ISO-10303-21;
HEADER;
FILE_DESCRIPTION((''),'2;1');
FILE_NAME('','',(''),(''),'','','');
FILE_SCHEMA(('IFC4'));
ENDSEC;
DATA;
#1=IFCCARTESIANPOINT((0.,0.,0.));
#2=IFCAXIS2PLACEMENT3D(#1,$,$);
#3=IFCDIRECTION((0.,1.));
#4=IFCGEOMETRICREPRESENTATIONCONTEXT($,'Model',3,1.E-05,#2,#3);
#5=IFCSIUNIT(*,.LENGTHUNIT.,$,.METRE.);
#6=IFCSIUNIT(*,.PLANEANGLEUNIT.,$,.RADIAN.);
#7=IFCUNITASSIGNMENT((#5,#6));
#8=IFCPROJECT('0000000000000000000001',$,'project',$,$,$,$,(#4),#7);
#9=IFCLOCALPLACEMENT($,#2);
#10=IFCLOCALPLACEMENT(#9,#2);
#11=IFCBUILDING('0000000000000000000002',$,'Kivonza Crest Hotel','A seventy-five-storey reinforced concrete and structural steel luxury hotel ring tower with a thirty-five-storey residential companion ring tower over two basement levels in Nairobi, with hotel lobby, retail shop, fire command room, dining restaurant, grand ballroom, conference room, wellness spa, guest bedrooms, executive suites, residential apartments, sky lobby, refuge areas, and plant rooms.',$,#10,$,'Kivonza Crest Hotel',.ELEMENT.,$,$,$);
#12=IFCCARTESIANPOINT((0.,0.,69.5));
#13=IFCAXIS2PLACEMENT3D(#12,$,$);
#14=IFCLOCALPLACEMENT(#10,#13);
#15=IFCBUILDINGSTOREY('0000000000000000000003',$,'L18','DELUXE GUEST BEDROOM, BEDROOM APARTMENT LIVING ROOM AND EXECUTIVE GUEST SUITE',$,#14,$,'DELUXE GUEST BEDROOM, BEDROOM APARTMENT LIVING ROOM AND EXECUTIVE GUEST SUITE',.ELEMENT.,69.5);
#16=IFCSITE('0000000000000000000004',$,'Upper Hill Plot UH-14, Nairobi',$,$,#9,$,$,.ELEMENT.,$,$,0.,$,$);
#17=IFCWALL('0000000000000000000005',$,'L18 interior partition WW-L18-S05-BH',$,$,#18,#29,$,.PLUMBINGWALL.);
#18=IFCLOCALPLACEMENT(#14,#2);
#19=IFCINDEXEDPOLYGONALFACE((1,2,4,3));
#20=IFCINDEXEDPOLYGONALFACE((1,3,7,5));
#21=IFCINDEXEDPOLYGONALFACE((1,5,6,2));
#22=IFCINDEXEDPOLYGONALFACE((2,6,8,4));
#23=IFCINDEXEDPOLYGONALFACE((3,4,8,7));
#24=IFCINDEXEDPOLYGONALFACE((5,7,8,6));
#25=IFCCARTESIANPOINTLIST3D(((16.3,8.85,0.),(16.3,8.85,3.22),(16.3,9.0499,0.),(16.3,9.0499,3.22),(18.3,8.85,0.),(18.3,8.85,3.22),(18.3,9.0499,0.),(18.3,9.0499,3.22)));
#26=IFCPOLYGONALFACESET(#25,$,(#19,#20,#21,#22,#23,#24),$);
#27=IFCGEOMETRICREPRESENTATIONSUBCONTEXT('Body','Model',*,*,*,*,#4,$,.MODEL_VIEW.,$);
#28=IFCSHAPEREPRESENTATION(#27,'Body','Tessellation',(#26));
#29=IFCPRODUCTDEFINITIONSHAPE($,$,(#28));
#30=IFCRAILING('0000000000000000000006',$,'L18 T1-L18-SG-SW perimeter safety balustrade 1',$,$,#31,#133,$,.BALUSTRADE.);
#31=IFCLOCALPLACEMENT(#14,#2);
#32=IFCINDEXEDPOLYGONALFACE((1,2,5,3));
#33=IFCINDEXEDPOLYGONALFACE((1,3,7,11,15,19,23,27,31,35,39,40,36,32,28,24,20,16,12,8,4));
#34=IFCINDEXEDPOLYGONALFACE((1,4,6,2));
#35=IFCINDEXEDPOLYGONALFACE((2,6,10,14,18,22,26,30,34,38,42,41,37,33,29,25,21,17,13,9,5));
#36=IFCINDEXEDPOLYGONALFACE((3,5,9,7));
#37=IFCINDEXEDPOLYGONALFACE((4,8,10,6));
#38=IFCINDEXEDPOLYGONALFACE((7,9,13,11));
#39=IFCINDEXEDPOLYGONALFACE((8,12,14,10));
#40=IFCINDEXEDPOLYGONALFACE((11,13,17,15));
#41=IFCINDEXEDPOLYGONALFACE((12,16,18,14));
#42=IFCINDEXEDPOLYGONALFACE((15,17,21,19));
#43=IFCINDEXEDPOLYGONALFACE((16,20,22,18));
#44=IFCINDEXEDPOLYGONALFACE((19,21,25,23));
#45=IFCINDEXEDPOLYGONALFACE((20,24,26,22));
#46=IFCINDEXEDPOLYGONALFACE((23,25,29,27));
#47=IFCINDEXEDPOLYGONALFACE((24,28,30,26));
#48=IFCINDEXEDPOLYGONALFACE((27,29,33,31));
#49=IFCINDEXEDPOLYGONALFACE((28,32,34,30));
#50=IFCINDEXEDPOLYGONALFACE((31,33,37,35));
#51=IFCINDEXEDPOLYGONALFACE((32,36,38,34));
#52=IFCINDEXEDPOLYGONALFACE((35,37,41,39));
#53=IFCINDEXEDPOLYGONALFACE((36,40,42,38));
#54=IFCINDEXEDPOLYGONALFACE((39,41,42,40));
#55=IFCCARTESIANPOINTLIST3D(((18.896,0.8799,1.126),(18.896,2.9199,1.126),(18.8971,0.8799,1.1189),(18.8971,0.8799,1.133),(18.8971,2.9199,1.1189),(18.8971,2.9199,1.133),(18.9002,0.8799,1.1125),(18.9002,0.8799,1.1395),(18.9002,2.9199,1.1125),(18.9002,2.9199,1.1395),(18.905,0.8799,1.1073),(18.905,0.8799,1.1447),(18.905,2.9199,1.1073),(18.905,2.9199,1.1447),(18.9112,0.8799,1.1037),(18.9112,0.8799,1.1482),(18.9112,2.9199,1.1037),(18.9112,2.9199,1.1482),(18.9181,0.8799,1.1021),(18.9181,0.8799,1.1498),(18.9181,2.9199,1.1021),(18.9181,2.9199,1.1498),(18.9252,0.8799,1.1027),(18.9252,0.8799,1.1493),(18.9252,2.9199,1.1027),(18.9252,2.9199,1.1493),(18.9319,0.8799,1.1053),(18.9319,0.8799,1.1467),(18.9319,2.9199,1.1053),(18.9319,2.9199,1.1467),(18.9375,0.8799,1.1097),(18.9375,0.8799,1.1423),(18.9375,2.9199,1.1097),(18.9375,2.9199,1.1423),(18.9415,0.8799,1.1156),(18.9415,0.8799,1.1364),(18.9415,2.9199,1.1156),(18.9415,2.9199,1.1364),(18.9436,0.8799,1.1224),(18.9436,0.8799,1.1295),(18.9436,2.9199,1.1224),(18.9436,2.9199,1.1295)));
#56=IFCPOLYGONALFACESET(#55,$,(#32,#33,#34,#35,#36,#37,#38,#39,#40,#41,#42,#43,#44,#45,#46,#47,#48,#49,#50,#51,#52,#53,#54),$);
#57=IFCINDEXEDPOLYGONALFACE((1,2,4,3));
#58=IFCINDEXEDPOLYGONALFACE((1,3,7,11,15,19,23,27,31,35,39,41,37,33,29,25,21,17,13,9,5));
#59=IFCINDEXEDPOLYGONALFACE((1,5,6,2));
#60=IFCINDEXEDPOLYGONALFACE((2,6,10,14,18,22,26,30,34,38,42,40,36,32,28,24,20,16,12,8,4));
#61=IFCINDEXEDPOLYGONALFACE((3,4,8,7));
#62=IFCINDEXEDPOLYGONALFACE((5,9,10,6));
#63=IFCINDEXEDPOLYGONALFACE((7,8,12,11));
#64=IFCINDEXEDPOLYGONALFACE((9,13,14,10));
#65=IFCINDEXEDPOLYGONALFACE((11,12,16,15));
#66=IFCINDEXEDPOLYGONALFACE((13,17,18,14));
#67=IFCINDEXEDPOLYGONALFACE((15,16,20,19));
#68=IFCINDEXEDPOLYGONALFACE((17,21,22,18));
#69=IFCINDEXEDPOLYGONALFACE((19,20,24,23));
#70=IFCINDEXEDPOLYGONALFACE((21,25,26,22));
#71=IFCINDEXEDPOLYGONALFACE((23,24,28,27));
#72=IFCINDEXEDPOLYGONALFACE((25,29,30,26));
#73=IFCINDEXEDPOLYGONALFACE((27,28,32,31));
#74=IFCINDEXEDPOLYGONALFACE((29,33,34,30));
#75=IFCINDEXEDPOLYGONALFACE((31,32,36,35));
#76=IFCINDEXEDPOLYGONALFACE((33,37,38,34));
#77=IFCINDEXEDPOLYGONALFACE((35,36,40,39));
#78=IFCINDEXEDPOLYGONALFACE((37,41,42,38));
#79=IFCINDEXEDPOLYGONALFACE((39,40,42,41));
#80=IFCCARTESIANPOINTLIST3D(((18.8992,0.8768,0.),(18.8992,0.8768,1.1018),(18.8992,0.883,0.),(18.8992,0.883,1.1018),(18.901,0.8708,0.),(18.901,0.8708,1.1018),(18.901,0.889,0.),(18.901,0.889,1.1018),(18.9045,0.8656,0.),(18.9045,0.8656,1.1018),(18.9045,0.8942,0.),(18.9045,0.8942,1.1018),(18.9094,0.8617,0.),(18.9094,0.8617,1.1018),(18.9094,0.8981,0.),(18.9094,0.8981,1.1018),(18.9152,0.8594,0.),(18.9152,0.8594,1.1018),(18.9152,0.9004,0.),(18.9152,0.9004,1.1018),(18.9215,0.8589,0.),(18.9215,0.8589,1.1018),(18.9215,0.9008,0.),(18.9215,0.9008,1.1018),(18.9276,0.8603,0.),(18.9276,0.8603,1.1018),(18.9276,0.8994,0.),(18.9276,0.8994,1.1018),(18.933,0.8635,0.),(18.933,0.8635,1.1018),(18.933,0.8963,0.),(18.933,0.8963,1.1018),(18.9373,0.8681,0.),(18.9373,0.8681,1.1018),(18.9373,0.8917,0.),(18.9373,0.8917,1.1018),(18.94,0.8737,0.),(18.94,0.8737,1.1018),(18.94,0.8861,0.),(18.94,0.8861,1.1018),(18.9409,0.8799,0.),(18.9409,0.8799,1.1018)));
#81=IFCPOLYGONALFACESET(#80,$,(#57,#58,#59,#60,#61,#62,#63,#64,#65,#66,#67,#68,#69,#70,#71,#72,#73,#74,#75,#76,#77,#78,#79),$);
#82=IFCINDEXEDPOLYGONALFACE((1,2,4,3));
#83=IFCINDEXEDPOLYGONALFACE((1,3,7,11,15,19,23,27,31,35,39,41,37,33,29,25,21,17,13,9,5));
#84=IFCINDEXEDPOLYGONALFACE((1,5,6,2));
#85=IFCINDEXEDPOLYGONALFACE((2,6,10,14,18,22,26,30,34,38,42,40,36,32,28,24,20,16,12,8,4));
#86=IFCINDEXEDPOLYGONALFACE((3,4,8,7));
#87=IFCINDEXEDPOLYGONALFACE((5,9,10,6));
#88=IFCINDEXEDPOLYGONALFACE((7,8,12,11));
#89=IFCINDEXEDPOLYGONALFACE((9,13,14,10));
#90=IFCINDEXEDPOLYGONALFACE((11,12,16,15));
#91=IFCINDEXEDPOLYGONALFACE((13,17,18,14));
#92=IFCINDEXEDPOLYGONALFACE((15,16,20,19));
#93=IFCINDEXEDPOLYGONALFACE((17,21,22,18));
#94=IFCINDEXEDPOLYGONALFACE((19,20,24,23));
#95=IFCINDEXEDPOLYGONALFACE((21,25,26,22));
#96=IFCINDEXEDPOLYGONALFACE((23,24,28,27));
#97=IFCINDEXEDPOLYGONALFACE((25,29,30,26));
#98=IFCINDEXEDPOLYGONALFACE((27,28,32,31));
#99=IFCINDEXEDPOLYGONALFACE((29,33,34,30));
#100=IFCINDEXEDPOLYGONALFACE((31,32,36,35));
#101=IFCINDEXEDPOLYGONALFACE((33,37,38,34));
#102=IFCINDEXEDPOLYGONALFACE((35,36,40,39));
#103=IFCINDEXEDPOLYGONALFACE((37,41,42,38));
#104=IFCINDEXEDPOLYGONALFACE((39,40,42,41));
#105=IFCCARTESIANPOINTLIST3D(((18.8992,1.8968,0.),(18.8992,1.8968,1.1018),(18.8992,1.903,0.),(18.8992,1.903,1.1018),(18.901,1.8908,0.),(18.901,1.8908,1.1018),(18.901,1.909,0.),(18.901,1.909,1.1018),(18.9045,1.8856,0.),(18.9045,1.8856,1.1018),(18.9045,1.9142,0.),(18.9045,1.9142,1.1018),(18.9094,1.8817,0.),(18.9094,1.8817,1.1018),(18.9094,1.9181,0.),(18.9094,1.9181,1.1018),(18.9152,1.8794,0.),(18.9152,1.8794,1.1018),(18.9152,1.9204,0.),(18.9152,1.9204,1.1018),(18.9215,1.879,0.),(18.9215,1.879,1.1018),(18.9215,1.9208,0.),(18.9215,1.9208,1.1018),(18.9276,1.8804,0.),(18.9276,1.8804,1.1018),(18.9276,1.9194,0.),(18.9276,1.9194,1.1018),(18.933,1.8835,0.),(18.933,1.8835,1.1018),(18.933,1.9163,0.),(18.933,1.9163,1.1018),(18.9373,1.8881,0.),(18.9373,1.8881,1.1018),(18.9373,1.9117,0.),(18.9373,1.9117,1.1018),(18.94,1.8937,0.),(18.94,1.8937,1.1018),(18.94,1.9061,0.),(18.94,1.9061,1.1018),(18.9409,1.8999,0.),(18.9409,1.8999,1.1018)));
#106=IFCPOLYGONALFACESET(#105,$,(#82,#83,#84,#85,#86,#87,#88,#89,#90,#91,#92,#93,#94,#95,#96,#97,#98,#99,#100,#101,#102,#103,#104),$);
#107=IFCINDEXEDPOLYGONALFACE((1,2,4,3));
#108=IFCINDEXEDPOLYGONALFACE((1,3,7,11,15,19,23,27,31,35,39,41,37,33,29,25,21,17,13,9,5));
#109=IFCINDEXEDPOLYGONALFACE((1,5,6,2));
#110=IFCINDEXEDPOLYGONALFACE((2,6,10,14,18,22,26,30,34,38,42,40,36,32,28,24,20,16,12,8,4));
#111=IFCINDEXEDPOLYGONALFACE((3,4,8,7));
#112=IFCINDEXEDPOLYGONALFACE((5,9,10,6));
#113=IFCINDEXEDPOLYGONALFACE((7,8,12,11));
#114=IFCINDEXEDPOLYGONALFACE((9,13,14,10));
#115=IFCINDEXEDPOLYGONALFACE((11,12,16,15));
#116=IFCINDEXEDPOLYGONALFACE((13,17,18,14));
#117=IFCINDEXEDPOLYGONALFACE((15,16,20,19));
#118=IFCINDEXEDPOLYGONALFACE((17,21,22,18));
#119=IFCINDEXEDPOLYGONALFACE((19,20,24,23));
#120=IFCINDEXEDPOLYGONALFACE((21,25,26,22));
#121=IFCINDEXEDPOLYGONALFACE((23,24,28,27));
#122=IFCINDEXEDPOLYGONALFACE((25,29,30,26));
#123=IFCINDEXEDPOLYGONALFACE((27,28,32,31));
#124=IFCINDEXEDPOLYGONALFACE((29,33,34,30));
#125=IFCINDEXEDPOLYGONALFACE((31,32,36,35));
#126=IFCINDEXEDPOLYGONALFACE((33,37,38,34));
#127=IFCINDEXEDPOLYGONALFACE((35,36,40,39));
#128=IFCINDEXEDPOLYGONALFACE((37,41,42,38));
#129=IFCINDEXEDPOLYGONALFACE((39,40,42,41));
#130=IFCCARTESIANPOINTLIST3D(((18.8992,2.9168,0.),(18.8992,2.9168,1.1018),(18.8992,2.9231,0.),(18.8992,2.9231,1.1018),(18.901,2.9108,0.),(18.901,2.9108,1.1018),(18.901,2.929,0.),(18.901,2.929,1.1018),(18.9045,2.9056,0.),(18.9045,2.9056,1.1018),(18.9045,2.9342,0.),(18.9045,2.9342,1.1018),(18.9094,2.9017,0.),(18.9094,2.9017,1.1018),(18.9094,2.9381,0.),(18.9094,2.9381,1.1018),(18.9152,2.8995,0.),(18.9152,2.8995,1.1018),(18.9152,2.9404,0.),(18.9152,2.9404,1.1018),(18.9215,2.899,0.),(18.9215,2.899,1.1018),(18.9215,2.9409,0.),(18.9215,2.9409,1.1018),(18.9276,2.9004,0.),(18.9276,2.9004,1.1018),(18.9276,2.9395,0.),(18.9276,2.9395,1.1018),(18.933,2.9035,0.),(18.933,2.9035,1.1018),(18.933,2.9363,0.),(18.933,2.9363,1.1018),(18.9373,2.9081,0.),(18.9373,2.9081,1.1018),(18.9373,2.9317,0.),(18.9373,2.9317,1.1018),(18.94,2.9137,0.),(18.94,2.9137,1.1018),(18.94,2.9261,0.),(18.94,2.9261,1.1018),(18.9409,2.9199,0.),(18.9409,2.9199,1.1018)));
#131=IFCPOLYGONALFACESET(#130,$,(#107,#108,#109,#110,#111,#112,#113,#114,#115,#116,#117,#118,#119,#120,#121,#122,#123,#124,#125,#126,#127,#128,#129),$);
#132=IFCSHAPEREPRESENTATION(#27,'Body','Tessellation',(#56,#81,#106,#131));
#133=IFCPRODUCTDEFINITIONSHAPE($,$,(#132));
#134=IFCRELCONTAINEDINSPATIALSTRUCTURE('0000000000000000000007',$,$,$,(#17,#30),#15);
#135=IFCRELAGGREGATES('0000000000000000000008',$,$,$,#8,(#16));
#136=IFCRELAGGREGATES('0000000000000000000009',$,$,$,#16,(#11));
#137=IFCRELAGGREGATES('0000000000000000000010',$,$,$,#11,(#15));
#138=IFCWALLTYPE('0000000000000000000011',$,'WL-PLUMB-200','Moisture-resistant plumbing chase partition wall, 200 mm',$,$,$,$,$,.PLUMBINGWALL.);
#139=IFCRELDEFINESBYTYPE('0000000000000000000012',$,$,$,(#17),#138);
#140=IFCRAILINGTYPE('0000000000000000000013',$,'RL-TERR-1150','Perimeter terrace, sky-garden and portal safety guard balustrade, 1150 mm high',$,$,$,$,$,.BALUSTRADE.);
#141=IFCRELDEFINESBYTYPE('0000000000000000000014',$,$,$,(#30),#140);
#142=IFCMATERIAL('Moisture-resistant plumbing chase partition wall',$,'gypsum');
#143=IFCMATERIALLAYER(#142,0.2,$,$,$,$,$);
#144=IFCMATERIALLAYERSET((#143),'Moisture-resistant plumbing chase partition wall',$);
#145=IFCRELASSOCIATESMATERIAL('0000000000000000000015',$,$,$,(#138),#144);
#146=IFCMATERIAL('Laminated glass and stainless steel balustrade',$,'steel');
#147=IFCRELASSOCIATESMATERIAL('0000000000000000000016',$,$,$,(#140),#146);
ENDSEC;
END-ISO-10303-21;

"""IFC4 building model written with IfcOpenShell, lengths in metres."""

from ifc_helpers import new_model, si_unit, direction, frame, frame_2d, origin, origin_2d, place, context, subcontext, project, spatial, rectangle, circle, extrude, material, layer, layer_set, type_object, element, save


model = new_model("IFC4")

# Units and contexts
model_context = context("Model", 3, precision=1e-05, world=origin(), true_north=direction((0.0, 1.0)))
body_context = subcontext(model_context, "Body", "Model", "MODEL_VIEW")
ifc_project = project(units=[si_unit("LENGTHUNIT", "METRE"), si_unit("PLANEANGLEUNIT", "RADIAN")], contexts=[model_context])

# Site, building, storey
site_placement = place(None, origin())
site = spatial("IfcSite", under=ifc_project, at=site_placement, Name="Upper Hill Plot UH-14, Nairobi", CompositionType="ELEMENT", RefElevation=0.0)
building_placement = place(site_placement, origin())
building = spatial("IfcBuilding", under=site, at=building_placement, Name="Kivonza Crest Hotel", Description="A seventy-five-storey reinforced concrete and structural steel luxury hotel ring tower with a thirty-five-storey residential companion ring tower over two basement levels in Nairobi, with hotel lobby, retail shop, fire command room, dining restaurant, grand ballroom, conference room, wellness spa, guest bedrooms, executive suites, residential apartments, sky lobby, refuge areas, and plant rooms.", LongName="Kivonza Crest Hotel", CompositionType="ELEMENT")
storey_placement = place(building_placement, frame((0.0, 0.0, 69.5)))
storey = spatial("IfcBuildingStorey", under=building, at=storey_placement, Name="L18", Description="DELUXE GUEST BEDROOM, BEDROOM APARTMENT LIVING ROOM AND EXECUTIVE GUEST SUITE", LongName="DELUXE GUEST BEDROOM, BEDROOM APARTMENT LIVING ROOM AND EXECUTIVE GUEST SUITE", CompositionType="ELEMENT", Elevation=69.5)

# Shared definitions
ifc_material_1 = material(Name="Moisture-resistant plumbing chase partition wall", Category="gypsum")
ifc_layer_1 = layer(ifc_material_1, 0.2)
ifc_layer_set_1 = layer_set([ifc_layer_1], Name="Moisture-resistant plumbing chase partition wall")
wall_type_1 = type_object("IfcWallType", Name="WL-PLUMB-200", Description="Moisture-resistant plumbing chase partition wall, 200 mm", PredefinedType="PLUMBINGWALL", material=ifc_layer_set_1)

# Wall
wall_1_placement = place(storey_placement, frame((16.3, 8.95, 0.0), z_axis=(0.0, 0.0, 1.0), x_axis=(1.0, 0.0, 0.0)))
element("IfcWall", 1, at=wall_1_placement, inside=storey, type_object=wall_type_1, Name="L18 interior partition WW-L18-S05-BH", PredefinedType="PLUMBINGWALL", context=body_context, shape_type="SweptSolid", body=[
    extrude(rectangle(XDim=2.0, YDim=0.2, at=frame_2d((1.0, 0.0))), origin(), (0.0, 0.0, 1.0), 3.22),
])

# Railing
ifc_material_2 = material(Name="Laminated glass and stainless steel balustrade", Category="steel")
railing_type = type_object("IfcRailingType", Name="RL-TERR-1150", Description="Perimeter terrace, sky-garden and portal safety guard balustrade, 1150 mm high", PredefinedType="BALUSTRADE", material=ifc_material_2)
railing_1_placement = place(storey_placement, frame((18.9199, 0.8799, 0.0)))
element("IfcRailing", 2, at=railing_1_placement, inside=storey, type_object=railing_type, Name="L18 T1-L18-SG-SW perimeter safety balustrade 1", PredefinedType="BALUSTRADE", context=body_context, shape_type="SweptSolid", body=[
    extrude(circle(Radius=0.0239, at=origin_2d()), frame((0.0, 0.0, 1.126), z_axis=(0.0, 1.0, 0.0), x_axis=(-1.0, 0.0, 0.0)), (0.0, 0.0, 1.0), 2.04),
    extrude(circle(Radius=0.021, at=origin_2d()), origin(), (0.0, 0.0, 1.0), 1.1018),
    extrude(circle(Radius=0.021, at=origin_2d()), frame((0.0, 1.02, 0.0)), (0.0, 0.0, 1.0), 1.1018),
    extrude(circle(Radius=0.021, at=origin_2d()), frame((0.0, 2.04, 0.0)), (0.0, 0.0, 1.0), 1.1018),
])

save(model, "model.ifc")
